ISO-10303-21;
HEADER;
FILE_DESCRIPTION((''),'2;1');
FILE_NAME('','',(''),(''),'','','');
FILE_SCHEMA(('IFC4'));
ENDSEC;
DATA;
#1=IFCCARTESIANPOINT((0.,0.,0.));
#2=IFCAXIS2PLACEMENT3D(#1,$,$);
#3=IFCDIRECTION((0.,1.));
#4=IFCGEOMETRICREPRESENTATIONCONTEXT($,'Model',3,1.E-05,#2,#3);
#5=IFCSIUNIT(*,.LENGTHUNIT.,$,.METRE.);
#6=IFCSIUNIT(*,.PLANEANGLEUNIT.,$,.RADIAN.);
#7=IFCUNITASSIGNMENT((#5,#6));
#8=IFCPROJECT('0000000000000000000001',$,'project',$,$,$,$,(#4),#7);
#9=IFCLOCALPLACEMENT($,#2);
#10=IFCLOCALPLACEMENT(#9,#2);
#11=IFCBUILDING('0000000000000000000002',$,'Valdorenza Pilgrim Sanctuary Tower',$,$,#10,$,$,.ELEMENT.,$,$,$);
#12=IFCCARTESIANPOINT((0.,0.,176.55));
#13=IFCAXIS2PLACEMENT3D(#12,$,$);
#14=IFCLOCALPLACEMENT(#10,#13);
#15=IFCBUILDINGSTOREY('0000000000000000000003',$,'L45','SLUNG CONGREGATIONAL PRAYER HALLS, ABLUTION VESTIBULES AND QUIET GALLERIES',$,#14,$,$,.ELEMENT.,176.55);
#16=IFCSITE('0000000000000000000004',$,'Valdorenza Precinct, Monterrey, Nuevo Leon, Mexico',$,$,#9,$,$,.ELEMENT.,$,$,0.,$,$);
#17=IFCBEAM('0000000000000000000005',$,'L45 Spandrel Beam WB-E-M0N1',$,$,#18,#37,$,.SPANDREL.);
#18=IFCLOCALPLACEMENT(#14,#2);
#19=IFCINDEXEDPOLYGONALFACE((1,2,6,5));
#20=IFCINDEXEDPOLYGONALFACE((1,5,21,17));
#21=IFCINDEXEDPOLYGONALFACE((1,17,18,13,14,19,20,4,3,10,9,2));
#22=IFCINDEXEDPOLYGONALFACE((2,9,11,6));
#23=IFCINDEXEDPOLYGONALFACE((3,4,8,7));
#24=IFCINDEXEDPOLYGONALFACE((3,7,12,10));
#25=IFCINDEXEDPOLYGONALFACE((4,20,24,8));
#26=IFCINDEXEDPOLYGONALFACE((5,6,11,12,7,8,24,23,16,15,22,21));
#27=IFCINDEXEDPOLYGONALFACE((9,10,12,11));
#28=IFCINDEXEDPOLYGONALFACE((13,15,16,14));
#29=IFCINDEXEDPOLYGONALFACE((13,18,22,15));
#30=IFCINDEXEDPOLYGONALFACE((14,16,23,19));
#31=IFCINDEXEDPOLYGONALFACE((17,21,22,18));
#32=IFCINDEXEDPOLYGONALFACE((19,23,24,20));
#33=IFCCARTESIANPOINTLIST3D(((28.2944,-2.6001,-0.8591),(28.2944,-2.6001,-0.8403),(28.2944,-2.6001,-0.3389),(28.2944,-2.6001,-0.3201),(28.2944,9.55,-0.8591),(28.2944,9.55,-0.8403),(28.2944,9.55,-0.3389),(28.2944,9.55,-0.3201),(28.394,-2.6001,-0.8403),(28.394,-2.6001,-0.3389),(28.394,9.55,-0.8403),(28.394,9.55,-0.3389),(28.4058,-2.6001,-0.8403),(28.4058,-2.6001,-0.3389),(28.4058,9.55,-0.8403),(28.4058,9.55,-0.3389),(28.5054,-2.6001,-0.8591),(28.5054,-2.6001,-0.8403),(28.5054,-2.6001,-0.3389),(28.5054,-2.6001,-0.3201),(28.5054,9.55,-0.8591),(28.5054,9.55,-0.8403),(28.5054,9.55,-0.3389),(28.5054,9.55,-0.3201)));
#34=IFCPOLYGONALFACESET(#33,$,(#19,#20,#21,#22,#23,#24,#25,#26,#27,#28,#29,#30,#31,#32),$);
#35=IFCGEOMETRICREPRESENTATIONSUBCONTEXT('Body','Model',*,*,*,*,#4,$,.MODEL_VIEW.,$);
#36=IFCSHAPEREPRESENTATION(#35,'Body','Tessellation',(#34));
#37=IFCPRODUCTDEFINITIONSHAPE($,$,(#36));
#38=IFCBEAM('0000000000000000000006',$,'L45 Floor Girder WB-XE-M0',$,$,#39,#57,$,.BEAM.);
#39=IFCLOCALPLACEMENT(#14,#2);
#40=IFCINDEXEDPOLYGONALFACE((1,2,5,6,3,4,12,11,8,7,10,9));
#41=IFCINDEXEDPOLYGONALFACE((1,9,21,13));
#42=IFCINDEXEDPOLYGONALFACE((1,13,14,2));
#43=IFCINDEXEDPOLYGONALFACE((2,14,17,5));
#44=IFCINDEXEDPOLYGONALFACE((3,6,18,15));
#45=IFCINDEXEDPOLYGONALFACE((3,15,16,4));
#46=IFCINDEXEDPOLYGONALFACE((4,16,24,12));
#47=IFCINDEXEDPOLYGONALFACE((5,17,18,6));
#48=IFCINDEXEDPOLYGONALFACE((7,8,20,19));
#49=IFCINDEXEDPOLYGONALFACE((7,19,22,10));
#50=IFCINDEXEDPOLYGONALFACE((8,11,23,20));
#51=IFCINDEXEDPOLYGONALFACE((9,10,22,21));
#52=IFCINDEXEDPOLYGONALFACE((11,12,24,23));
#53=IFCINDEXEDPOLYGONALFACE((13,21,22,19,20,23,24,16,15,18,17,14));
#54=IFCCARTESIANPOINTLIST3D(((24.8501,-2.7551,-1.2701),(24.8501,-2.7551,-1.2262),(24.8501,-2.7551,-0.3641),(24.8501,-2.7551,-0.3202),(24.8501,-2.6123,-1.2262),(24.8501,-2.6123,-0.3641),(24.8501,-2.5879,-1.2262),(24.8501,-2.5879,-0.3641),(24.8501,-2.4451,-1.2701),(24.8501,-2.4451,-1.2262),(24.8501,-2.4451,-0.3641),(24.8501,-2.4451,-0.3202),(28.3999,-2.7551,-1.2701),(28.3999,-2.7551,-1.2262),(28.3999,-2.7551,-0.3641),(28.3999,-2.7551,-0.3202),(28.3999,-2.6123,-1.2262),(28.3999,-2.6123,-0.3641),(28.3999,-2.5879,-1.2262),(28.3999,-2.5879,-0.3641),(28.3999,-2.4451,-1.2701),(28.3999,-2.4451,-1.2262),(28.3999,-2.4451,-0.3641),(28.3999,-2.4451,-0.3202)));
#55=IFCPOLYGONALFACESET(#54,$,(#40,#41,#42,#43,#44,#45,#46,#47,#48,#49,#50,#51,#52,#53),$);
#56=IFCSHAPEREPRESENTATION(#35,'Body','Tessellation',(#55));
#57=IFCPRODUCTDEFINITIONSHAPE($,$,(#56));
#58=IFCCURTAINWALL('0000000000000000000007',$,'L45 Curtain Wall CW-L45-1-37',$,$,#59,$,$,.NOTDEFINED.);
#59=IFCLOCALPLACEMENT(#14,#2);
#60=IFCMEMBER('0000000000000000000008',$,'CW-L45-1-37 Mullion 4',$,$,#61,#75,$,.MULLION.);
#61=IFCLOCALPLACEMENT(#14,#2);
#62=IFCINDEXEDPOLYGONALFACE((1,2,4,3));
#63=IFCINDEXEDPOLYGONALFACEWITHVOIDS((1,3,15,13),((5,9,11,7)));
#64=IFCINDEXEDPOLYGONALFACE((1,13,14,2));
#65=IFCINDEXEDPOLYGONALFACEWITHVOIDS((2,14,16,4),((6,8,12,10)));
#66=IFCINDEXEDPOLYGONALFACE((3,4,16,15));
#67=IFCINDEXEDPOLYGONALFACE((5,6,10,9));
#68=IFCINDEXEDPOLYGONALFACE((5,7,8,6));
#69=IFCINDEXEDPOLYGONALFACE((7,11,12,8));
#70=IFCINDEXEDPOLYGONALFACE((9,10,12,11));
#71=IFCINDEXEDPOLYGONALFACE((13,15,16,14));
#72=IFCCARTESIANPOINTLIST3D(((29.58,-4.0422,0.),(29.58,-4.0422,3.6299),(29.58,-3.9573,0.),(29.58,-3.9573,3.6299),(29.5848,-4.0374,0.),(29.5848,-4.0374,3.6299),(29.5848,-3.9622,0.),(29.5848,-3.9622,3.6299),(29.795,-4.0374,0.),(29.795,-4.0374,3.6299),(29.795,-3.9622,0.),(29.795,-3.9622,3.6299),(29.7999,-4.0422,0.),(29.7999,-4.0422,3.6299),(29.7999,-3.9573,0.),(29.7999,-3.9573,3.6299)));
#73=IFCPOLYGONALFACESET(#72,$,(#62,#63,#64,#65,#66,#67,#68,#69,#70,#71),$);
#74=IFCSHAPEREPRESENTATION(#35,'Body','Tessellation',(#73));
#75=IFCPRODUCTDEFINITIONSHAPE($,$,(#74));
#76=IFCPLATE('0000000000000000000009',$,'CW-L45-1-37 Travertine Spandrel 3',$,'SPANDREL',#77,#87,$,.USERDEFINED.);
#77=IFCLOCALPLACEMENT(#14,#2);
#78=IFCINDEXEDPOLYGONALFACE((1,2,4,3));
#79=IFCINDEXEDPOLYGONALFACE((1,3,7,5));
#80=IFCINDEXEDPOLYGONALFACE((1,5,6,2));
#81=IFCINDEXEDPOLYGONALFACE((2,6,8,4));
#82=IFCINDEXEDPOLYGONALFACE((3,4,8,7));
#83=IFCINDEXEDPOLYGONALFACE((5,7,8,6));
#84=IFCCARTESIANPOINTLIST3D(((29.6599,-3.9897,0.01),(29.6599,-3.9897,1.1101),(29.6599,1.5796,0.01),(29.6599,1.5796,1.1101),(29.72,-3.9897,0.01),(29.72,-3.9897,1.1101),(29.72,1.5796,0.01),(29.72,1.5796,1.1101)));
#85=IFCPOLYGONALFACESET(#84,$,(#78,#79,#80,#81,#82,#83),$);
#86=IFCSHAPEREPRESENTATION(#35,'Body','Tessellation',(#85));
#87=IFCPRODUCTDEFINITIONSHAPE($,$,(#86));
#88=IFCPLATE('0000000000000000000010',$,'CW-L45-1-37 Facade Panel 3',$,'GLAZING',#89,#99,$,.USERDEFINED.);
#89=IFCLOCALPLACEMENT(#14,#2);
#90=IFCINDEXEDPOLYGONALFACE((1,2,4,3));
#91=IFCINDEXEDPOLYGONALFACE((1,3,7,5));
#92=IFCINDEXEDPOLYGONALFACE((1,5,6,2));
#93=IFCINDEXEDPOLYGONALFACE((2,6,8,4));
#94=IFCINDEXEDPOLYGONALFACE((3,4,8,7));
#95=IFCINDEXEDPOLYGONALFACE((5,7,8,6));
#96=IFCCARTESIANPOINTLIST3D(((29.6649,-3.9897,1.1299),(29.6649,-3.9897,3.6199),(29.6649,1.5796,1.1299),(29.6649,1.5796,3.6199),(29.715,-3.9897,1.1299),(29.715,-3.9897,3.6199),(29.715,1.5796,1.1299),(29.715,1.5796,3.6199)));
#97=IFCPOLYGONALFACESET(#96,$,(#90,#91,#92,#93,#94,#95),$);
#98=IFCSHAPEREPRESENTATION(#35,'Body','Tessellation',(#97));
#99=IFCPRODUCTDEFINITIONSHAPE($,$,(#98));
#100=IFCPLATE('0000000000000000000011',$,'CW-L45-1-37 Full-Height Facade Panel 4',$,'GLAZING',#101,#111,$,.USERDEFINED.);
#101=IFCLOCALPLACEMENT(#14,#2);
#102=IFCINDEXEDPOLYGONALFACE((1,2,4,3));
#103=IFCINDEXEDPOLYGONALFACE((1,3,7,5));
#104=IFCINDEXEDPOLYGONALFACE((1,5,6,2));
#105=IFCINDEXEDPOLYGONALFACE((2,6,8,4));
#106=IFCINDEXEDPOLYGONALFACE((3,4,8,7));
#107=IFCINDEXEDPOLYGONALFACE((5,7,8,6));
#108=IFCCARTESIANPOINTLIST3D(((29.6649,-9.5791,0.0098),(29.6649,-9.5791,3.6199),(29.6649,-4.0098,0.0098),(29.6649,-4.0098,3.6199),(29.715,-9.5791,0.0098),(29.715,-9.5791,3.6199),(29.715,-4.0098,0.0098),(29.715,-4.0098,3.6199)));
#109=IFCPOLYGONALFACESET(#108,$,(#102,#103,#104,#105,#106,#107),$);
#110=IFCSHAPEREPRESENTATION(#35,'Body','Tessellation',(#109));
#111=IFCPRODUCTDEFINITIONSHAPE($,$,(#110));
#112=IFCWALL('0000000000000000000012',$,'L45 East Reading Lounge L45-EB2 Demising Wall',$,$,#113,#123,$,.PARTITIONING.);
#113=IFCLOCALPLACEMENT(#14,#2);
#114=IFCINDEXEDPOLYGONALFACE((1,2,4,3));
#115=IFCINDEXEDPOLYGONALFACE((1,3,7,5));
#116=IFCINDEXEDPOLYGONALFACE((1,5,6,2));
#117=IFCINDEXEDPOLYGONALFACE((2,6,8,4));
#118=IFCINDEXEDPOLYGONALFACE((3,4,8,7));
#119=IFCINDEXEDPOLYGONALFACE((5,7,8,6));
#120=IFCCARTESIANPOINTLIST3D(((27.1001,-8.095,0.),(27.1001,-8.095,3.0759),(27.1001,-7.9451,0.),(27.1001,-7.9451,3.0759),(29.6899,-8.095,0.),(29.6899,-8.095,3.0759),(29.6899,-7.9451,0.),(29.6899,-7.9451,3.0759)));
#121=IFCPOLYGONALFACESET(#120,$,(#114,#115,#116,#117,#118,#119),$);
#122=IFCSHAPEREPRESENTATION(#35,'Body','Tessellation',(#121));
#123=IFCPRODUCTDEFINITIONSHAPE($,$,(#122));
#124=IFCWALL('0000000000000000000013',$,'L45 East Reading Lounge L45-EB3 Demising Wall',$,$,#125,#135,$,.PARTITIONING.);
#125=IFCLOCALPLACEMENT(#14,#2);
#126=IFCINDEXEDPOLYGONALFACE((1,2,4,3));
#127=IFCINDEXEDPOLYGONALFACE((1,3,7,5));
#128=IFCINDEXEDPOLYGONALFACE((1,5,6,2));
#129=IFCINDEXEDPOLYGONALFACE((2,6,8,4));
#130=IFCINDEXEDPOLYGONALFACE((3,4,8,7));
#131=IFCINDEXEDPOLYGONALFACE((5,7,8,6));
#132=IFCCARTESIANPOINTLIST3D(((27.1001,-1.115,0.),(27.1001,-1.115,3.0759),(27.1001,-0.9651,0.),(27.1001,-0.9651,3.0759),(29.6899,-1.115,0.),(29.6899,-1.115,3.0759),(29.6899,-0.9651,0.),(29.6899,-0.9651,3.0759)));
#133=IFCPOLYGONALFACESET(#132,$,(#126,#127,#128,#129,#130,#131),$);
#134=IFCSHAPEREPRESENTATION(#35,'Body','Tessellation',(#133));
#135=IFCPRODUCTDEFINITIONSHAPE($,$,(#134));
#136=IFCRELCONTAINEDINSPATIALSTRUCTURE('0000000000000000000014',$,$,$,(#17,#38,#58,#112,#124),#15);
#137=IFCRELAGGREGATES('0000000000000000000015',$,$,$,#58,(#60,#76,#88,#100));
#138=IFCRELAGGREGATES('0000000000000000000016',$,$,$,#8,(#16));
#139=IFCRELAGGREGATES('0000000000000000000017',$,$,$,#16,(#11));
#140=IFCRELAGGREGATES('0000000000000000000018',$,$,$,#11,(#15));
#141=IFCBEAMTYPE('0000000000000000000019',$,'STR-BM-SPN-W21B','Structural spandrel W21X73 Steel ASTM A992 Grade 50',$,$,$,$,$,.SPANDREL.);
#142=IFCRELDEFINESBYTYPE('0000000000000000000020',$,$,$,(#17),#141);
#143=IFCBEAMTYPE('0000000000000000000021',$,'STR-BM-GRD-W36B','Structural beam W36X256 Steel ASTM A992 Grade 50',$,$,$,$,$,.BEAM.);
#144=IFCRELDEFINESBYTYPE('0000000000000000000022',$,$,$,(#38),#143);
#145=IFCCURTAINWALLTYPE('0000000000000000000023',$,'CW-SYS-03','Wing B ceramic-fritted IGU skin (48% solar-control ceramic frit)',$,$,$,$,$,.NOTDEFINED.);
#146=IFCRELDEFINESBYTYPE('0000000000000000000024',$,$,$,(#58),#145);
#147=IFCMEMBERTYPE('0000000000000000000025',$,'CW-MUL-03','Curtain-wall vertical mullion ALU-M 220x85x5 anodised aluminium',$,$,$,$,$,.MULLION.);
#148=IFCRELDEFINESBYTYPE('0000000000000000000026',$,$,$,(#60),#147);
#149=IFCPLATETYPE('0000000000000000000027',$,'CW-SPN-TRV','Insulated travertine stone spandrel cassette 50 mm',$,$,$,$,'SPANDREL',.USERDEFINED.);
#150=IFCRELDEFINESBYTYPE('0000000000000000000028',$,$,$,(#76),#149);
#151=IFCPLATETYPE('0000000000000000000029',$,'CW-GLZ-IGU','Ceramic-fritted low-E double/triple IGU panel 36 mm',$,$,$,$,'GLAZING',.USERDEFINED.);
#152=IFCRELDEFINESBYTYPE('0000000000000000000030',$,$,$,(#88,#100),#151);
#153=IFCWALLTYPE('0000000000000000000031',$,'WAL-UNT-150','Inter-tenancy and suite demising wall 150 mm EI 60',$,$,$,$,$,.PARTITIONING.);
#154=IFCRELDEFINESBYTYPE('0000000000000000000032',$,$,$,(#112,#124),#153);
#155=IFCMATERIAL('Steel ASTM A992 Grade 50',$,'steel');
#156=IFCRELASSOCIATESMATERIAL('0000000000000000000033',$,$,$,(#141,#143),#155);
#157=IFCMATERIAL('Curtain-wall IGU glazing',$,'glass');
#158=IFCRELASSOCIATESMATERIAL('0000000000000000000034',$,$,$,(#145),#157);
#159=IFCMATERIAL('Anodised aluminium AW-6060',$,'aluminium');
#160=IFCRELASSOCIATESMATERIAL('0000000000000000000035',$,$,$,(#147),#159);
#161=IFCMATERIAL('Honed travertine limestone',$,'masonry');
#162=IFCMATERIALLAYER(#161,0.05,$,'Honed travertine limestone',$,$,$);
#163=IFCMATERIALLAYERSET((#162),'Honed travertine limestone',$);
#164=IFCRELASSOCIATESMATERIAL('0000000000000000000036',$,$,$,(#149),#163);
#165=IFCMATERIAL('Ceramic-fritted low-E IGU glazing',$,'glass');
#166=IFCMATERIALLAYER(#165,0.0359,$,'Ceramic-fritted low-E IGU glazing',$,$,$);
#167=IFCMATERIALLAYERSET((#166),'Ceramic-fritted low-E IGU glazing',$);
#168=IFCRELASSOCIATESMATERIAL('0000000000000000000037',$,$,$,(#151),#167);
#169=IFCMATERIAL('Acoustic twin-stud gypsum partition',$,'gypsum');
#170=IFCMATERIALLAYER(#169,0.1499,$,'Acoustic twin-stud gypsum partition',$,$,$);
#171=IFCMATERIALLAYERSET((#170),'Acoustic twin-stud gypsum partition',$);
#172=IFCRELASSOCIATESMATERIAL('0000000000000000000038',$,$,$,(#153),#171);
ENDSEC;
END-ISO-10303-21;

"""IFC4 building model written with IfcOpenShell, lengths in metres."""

from ifc_helpers import new_model, si_unit, direction, frame, frame_2d, origin, origin_2d, place, context, subcontext, project, spatial, rectangle, hollow_rectangle, i_section, extrude, source, transform, mapped, material, layer, layer_set, material_profile, profile_set, type_object, element, aggregate, save


model = new_model("IFC4")

# Units and contexts
model_context = context("Model", 3, precision=1e-05, world=origin(), true_north=direction((0.0, 1.0)))
body_context = subcontext(model_context, "Body", "Model", "MODEL_VIEW")
ifc_project = project(units=[si_unit("LENGTHUNIT", "METRE"), si_unit("PLANEANGLEUNIT", "RADIAN")], contexts=[model_context])

# Site, building, storey
site_placement = place(None, origin())
site = spatial("IfcSite", under=ifc_project, at=site_placement, Name="Valdorenza Precinct, Monterrey, Nuevo Leon, Mexico", CompositionType="ELEMENT", RefElevation=0.0)
building_placement = place(site_placement, origin())
building = spatial("IfcBuilding", under=site, at=building_placement, Name="Valdorenza Pilgrim Sanctuary Tower", CompositionType="ELEMENT")
storey_placement = place(building_placement, frame((0.0, 0.0, 176.55)))
storey = spatial("IfcBuildingStorey", under=building, at=storey_placement, Name="L45", Description="SLUNG CONGREGATIONAL PRAYER HALLS, ABLUTION VESTIBULES AND QUIET GALLERIES", CompositionType="ELEMENT", Elevation=176.55)

# Shared definitions
ifc_material_1 = material(Name="Steel ASTM A992 Grade 50", Category="steel")

# Beams
ifc_material_profile_1 = material_profile(ifc_material_1, i_section(OverallWidth=0.2109, OverallDepth=0.5391, WebThickness=0.0117, FlangeThickness=0.0188, at=origin_2d()), Name="W21X73")
ifc_profile_set_1 = profile_set([ifc_material_profile_1], Name="Steel ASTM A992 Grade 50")
beam_type_1 = type_object("IfcBeamType", Name="STR-BM-SPN-W21B", Description="Structural spandrel W21X73 Steel ASTM A992 Grade 50", PredefinedType="SPANDREL", material=ifc_profile_set_1)
shared_shape_1 = source(origin(), body_context, "Body", "SweptSolid", [
    extrude(i_section(OverallWidth=0.2109, OverallDepth=0.5391, WebThickness=0.0117, FlangeThickness=0.0188, at=origin_2d()), origin(), (0.0, 0.0, 1.0), 12.1501),
])
beam_1_placement = place(storey_placement, frame((28.3999, -2.6001, -0.5896), z_axis=(0.0, 1.0, 0.0), x_axis=(-1.0, 0.0, 0.0)))
element("IfcBeam", 1, at=beam_1_placement, inside=storey, type_object=beam_type_1, Name="L45 Spandrel Beam WB-E-M0N1", PredefinedType="SPANDREL", context=body_context, shape_type="MappedRepresentation", body=[
    mapped(shared_shape_1, transform((0.0, 0.0, 0.0), x_axis=(1.0, 0.0, 0.0), y_axis=(0.0, 1.0, 0.0), z_axis=(0.0, 0.0, 1.0), scale=1.0)),
])
ifc_material_profile_2 = material_profile(ifc_material_1, i_section(OverallWidth=0.3101, OverallDepth=0.95, WebThickness=0.0244, FlangeThickness=0.0439, at=origin_2d()), Name="W36X256")
ifc_profile_set_2 = profile_set([ifc_material_profile_2], Name="Steel ASTM A992 Grade 50")
beam_type_2 = type_object("IfcBeamType", Name="STR-BM-GRD-W36B", Description="Structural beam W36X256 Steel ASTM A992 Grade 50", PredefinedType="BEAM", material=ifc_profile_set_2)
shared_shape_2 = source(origin(), body_context, "Body", "SweptSolid", [
    extrude(i_section(OverallWidth=0.3101, OverallDepth=0.95, WebThickness=0.0244, FlangeThickness=0.0439, at=origin_2d()), origin(), (0.0, 0.0, 1.0), 3.5498),
])
beam_2_placement = place(storey_placement, frame((24.8501, -2.6001, -0.7952), z_axis=(1.0, 0.0, 0.0), x_axis=(0.0, 1.0, 0.0)))
element("IfcBeam", 2, at=beam_2_placement, inside=storey, type_object=beam_type_2, Name="L45 Floor Girder WB-XE-M0", PredefinedType="BEAM", context=body_context, shape_type="MappedRepresentation", body=[
    mapped(shared_shape_2, transform((0.0, 0.0, 0.0), x_axis=(1.0, 0.0, 0.0), y_axis=(0.0, 1.0, 0.0), z_axis=(0.0, 0.0, 1.0), scale=1.0)),
])

# Curtain wall, member, plates
ifc_material_2 = material(Name="Curtain-wall IGU glazing", Category="glass")
curtain_wall_type = type_object("IfcCurtainWallType", Name="CW-SYS-03", Description="Wing B ceramic-fritted IGU skin (48% solar-control ceramic frit)", PredefinedType="NOTDEFINED", material=ifc_material_2)
curtain_wall_placement = place(storey_placement, origin())
curtain_wall = element("IfcCurtainWall", 3, at=curtain_wall_placement, inside=storey, type_object=curtain_wall_type, Name="L45 Curtain Wall CW-L45-1-37", PredefinedType="NOTDEFINED")
ifc_material_3 = material(Name="Anodised aluminium AW-6060", Category="aluminium")
ifc_material_profile_3 = material_profile(ifc_material_3, hollow_rectangle(XDim=0.085, YDim=0.22, WallThickness=0.0049, at=origin_2d()), Name="ALU-M 220x85x5")
ifc_profile_set_3 = profile_set([ifc_material_profile_3], Name="Anodised aluminium AW-6060")
member_type = type_object("IfcMemberType", Name="CW-MUL-03", Description="Curtain-wall vertical mullion ALU-M 220x85x5 anodised aluminium", PredefinedType="MULLION", material=ifc_profile_set_3)
shared_shape_3 = source(origin(), body_context, "Body", "SweptSolid", [
    extrude(hollow_rectangle(XDim=0.085, YDim=0.22, WallThickness=0.0049, at=origin_2d()), origin(), (0.0, 0.0, 1.0), 3.6299),
])
member_placement = place(storey_placement, frame((29.6899, -3.9998, 0.0), z_axis=(0.0, 0.0, 1.0), x_axis=(0.0, -1.0, 0.0)))
member = element("IfcMember", 4, at=member_placement, type_object=member_type, Name="CW-L45-1-37 Mullion 4", PredefinedType="MULLION", context=body_context, shape_type="MappedRepresentation", body=[
    mapped(shared_shape_3, transform((0.0, 0.0, 0.0), x_axis=(1.0, 0.0, 0.0), y_axis=(0.0, 1.0, 0.0), z_axis=(0.0, 0.0, 1.0), scale=1.0)),
])
ifc_material_4 = material(Name="Honed travertine limestone", Category="masonry")
ifc_layer_1 = layer(ifc_material_4, 0.05, Name="Honed travertine limestone")
ifc_layer_set_1 = layer_set([ifc_layer_1], Name="Honed travertine limestone")
plate_type_1 = type_object("IfcPlateType", Name="CW-SPN-TRV", Description="Insulated travertine stone spandrel cassette 50 mm", ElementType="SPANDREL", PredefinedType="USERDEFINED", material=ifc_layer_set_1)
shared_shape_4 = source(origin(), body_context, "Body", "SweptSolid", [
    extrude(rectangle(XDim=5.5693, YDim=0.0601, at=origin_2d()), origin(), (0.0, 0.0, 1.0), 1.1001),
])
plate_1_placement = place(storey_placement, frame((29.6899, -1.2051, 0.01), z_axis=(0.0, 0.0, 1.0), x_axis=(0.0, -1.0, 0.0)))
plate_1 = element("IfcPlate", 5, at=plate_1_placement, type_object=plate_type_1, Name="CW-L45-1-37 Travertine Spandrel 3", ObjectType="SPANDREL", PredefinedType="USERDEFINED", context=body_context, shape_type="MappedRepresentation", body=[
    mapped(shared_shape_4, transform((0.0, 0.0, 0.0), x_axis=(1.0, 0.0, 0.0), y_axis=(0.0, 1.0, 0.0), z_axis=(0.0, 0.0, 1.0), scale=1.0)),
])
ifc_material_5 = material(Name="Ceramic-fritted low-E IGU glazing", Category="glass")
ifc_layer_2 = layer(ifc_material_5, 0.0359, Name="Ceramic-fritted low-E IGU glazing")
ifc_layer_set_2 = layer_set([ifc_layer_2], Name="Ceramic-fritted low-E IGU glazing")
plate_type_2 = type_object("IfcPlateType", Name="CW-GLZ-IGU", Description="Ceramic-fritted low-E double/triple IGU panel 36 mm", ElementType="GLAZING", PredefinedType="USERDEFINED", material=ifc_layer_set_2)
shared_shape_5 = source(origin(), body_context, "Body", "SweptSolid", [
    extrude(rectangle(XDim=5.5693, YDim=0.05, at=origin_2d()), origin(), (0.0, 0.0, 1.0), 2.49),
])
plate_2_placement = place(storey_placement, frame((29.6899, -1.2051, 1.1299), z_axis=(0.0, 0.0, 1.0), x_axis=(0.0, -1.0, 0.0)))
plate_2 = element("IfcPlate", 6, at=plate_2_placement, type_object=plate_type_2, Name="CW-L45-1-37 Facade Panel 3", ObjectType="GLAZING", PredefinedType="USERDEFINED", context=body_context, shape_type="MappedRepresentation", body=[
    mapped(shared_shape_5, transform((0.0, 0.0, 0.0), x_axis=(1.0, 0.0, 0.0), y_axis=(0.0, 1.0, 0.0), z_axis=(0.0, 0.0, 1.0), scale=1.0)),
])
shared_shape_6 = source(origin(), body_context, "Body", "SweptSolid", [
    extrude(rectangle(XDim=5.5693, YDim=0.05, at=origin_2d()), origin(), (0.0, 0.0, 1.0), 3.6101),
])
plate_3_placement = place(storey_placement, frame((29.6899, -6.7944, 0.0098), z_axis=(0.0, 0.0, 1.0), x_axis=(0.0, -1.0, 0.0)))
plate_3 = element("IfcPlate", 7, at=plate_3_placement, type_object=plate_type_2, Name="CW-L45-1-37 Full-Height Facade Panel 4", ObjectType="GLAZING", PredefinedType="USERDEFINED", context=body_context, shape_type="MappedRepresentation", body=[
    mapped(shared_shape_6, transform((0.0, 0.0, 0.0), x_axis=(1.0, 0.0, 0.0), y_axis=(0.0, 1.0, 0.0), z_axis=(0.0, 0.0, 1.0), scale=1.0)),
])
aggregate(curtain_wall, [member, plate_1, plate_2, plate_3])

# Walls
ifc_material_6 = material(Name="Acoustic twin-stud gypsum partition", Category="gypsum")
ifc_layer_3 = layer(ifc_material_6, 0.1499, Name="Acoustic twin-stud gypsum partition")
ifc_layer_set_3 = layer_set([ifc_layer_3], Name="Acoustic twin-stud gypsum partition")
wall_type = type_object("IfcWallType", Name="WAL-UNT-150", Description="Inter-tenancy and suite demising wall 150 mm EI 60", PredefinedType="PARTITIONING", material=ifc_layer_set_3)
for number, where, z_axis, x_axis, name in (
    (8, (27.1001, -8.02, 0.0), (0.0, 0.0, 1.0), (1.0, 0.0, 0.0), "L45 East Reading Lounge L45-EB2 Demising Wall"),
    (9, (27.1001, -1.04, 0.0), (0.0, 0.0, 1.0), (1.0, 0.0, 0.0), "L45 East Reading Lounge L45-EB3 Demising Wall"),
):
    element("IfcWall", number, at=place(storey_placement, frame(where, z_axis=z_axis, x_axis=x_axis)), inside=storey, type_object=wall_type, Name=name, PredefinedType="PARTITIONING", context=body_context, shape_type="SweptSolid", body=[
        extrude(rectangle(XDim=2.5898, YDim=0.1499, at=frame_2d((1.2949, 0.0))), origin(), (0.0, 0.0, 1.0), 3.0759),
    ])

save(model, "model.ifc")
